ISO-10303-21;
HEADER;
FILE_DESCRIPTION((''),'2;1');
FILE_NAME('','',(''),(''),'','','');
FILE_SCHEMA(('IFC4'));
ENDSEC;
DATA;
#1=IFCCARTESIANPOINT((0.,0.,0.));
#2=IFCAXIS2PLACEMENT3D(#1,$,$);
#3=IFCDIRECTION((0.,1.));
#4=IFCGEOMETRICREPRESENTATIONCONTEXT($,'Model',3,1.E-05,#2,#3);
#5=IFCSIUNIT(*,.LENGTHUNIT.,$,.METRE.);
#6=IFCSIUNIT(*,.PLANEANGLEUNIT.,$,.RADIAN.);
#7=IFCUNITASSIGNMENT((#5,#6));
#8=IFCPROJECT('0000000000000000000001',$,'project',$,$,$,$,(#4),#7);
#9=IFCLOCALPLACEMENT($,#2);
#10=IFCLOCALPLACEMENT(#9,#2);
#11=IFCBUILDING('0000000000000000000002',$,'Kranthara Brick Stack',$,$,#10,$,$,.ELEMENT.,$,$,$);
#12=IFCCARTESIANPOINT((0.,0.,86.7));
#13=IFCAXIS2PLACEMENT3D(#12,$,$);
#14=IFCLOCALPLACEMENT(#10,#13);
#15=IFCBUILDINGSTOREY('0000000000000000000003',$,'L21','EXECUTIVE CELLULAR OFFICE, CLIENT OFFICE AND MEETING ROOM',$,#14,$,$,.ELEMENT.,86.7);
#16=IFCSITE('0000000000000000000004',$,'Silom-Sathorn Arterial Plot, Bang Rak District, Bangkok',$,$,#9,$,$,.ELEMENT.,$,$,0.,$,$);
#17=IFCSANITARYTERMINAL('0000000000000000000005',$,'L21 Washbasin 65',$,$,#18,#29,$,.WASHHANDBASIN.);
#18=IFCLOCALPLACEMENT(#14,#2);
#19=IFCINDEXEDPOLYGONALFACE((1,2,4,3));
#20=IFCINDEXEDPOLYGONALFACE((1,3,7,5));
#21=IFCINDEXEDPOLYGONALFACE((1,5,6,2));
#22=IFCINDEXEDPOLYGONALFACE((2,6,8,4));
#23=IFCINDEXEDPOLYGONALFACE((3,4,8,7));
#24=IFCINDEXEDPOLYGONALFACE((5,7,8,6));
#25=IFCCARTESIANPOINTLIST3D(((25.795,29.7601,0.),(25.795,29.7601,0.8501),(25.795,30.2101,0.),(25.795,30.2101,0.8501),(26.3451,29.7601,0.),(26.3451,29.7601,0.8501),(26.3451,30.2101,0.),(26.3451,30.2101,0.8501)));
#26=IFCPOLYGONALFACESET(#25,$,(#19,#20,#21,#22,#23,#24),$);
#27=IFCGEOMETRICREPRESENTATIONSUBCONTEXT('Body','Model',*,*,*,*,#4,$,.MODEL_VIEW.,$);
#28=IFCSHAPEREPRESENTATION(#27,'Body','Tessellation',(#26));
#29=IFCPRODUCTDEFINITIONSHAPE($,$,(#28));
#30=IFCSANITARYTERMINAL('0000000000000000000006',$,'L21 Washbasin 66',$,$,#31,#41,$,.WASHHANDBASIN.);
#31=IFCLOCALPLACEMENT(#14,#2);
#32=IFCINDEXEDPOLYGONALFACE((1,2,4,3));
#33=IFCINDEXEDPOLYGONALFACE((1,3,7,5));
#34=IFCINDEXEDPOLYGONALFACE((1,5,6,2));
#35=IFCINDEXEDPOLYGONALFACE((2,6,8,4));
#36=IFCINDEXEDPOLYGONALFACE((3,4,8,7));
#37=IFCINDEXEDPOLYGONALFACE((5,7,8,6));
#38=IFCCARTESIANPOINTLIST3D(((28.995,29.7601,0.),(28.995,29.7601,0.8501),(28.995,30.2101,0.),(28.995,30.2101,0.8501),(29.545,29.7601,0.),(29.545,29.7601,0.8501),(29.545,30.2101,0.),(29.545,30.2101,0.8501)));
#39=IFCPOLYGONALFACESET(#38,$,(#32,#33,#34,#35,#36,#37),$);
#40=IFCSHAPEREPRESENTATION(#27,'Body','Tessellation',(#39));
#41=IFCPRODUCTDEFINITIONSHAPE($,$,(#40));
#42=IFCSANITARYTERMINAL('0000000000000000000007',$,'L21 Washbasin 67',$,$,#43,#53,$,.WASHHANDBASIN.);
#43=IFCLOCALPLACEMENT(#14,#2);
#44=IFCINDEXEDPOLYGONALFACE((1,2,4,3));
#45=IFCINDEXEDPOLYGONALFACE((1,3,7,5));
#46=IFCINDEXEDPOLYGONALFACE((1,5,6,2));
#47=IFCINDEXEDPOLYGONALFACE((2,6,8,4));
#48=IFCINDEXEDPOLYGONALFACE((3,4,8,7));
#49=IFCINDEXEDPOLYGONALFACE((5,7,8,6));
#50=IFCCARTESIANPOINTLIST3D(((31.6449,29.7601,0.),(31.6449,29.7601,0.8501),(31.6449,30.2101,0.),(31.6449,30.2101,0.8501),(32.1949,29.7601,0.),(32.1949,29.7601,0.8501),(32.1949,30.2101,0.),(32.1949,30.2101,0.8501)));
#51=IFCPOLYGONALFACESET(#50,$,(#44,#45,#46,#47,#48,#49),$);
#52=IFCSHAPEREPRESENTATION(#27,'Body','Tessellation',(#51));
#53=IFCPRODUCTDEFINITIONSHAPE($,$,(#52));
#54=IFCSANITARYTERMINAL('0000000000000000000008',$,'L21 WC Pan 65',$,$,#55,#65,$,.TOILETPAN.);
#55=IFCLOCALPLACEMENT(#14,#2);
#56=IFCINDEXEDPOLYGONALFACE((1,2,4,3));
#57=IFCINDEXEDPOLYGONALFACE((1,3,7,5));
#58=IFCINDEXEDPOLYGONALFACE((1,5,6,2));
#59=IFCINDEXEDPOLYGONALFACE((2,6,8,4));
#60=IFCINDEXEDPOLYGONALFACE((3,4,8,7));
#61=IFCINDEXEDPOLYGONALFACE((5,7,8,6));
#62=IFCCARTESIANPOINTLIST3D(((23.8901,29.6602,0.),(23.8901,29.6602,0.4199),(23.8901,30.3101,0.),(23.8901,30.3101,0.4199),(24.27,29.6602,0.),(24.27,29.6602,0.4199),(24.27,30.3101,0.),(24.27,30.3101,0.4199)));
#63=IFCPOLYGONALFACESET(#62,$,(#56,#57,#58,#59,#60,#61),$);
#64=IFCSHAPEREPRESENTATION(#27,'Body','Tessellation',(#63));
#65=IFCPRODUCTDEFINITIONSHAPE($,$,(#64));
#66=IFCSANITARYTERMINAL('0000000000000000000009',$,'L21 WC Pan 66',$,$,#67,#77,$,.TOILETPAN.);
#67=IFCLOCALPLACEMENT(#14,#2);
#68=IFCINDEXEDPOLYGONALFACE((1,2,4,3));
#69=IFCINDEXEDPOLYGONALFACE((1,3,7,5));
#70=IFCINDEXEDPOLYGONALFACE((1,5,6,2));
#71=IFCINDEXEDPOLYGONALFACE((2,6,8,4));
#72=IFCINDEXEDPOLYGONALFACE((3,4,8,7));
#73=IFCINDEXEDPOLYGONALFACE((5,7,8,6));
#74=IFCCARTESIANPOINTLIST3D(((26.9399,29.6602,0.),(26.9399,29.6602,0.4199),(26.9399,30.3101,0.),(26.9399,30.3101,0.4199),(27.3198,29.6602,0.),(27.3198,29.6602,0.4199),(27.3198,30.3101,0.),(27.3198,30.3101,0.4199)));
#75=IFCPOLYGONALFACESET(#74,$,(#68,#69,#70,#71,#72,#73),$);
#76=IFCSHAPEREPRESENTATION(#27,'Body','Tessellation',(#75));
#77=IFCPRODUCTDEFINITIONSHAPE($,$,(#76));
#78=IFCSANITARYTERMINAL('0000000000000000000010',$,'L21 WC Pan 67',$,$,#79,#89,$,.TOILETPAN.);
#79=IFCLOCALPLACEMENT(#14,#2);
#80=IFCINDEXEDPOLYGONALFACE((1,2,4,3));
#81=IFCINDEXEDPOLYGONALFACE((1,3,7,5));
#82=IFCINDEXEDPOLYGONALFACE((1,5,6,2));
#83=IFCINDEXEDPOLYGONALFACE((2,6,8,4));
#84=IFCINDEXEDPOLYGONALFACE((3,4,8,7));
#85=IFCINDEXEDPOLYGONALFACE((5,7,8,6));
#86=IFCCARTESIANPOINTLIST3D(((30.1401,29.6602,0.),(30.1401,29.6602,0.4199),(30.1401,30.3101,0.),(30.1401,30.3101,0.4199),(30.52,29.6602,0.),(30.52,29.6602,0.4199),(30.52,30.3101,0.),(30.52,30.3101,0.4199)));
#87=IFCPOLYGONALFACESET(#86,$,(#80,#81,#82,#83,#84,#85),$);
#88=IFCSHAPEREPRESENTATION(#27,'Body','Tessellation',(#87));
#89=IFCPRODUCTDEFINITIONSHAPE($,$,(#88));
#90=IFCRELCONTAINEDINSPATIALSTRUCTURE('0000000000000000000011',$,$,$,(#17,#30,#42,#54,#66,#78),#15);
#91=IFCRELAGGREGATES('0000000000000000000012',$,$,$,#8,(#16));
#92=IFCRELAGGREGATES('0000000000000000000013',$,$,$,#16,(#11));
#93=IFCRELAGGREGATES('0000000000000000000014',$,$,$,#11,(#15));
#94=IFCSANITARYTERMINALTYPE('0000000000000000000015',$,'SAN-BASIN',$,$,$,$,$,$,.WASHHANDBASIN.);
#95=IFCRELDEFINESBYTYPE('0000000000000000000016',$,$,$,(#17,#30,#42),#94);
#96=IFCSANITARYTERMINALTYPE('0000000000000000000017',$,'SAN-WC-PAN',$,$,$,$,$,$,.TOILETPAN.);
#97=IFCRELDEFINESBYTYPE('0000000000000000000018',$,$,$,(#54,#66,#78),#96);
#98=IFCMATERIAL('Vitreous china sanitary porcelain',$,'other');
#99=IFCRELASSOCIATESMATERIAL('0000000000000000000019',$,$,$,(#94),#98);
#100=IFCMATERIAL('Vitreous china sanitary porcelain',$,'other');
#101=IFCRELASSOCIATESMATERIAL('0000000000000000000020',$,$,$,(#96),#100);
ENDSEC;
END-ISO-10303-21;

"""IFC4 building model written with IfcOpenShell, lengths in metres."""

from ifc_helpers import new_model, si_unit, direction, frame, origin, origin_2d, place, context, subcontext, project, spatial, rectangle, extrude, material, type_object, element, save


model = new_model("IFC4")

# Units and contexts
model_context = context("Model", 3, precision=1e-05, world=origin(), true_north=direction((0.0, 1.0)))
body_context = subcontext(model_context, "Body", "Model", "MODEL_VIEW")
ifc_project = project(units=[si_unit("LENGTHUNIT", "METRE"), si_unit("PLANEANGLEUNIT", "RADIAN")], contexts=[model_context])

# Site, building, storey
site_placement = place(None, origin())
site = spatial("IfcSite", under=ifc_project, at=site_placement, Name="Silom-Sathorn Arterial Plot, Bang Rak District, Bangkok", CompositionType="ELEMENT", RefElevation=0.0)
building_placement = place(site_placement, origin())
building = spatial("IfcBuilding", under=site, at=building_placement, Name="Kranthara Brick Stack", CompositionType="ELEMENT")
storey_placement = place(building_placement, frame((0.0, 0.0, 86.7)))
storey = spatial("IfcBuildingStorey", under=building, at=storey_placement, Name="L21", Description="EXECUTIVE CELLULAR OFFICE, CLIENT OFFICE AND MEETING ROOM", CompositionType="ELEMENT", Elevation=86.7)

# Sanitary terminals
ifc_material_1 = material(Name="Vitreous china sanitary porcelain", Category="other")
sanitary_terminal_type_1 = type_object("IfcSanitaryTerminalType", Name="SAN-BASIN", PredefinedType="WASHHANDBASIN", material=ifc_material_1)
for number, where, z_axis, x_axis, name in (
    (1, (26.0701, 29.9851, 0.0), (0.0, 0.0, 1.0), (1.0, 0.0, 0.0), "L21 Washbasin 65"),
    (2, (29.27, 29.9851, 0.0), (0.0, 0.0, 1.0), (1.0, 0.0, 0.0), "L21 Washbasin 66"),
    (3, (31.9199, 29.9851, 0.0), (0.0, 0.0, 1.0), (1.0, 0.0, 0.0), "L21 Washbasin 67"),
):
    element("IfcSanitaryTerminal", number, at=place(storey_placement, frame(where, z_axis=z_axis, x_axis=x_axis)), inside=storey, type_object=sanitary_terminal_type_1, Name=name, PredefinedType="WASHHANDBASIN", context=body_context, shape_type="SweptSolid", body=[
        extrude(rectangle(XDim=0.55, YDim=0.45, at=origin_2d()), origin(), (0.0, 0.0, 1.0), 0.8501),
    ])
ifc_material_2 = material(Name="Vitreous china sanitary porcelain", Category="other")
sanitary_terminal_type_2 = type_object("IfcSanitaryTerminalType", Name="SAN-WC-PAN", PredefinedType="TOILETPAN", material=ifc_material_2)
for number, where, z_axis, x_axis, name in (
    (4, (24.0801, 29.9851, 0.0), (0.0, 0.0, 1.0), (1.0, 0.0, 0.0), "L21 WC Pan 65"),
    (5, (27.1299, 29.9851, 0.0), (0.0, 0.0, 1.0), (1.0, 0.0, 0.0), "L21 WC Pan 66"),
    (6, (30.3301, 29.9851, 0.0), (0.0, 0.0, 1.0), (1.0, 0.0, 0.0), "L21 WC Pan 67"),
):
    element("IfcSanitaryTerminal", number, at=place(storey_placement, frame(where, z_axis=z_axis, x_axis=x_axis)), inside=storey, type_object=sanitary_terminal_type_2, Name=name, PredefinedType="TOILETPAN", context=body_context, shape_type="SweptSolid", body=[
        extrude(rectangle(XDim=0.3799, YDim=0.6499, at=origin_2d()), origin(), (0.0, 0.0, 1.0), 0.4199),
    ])

save(model, "model.ifc")
